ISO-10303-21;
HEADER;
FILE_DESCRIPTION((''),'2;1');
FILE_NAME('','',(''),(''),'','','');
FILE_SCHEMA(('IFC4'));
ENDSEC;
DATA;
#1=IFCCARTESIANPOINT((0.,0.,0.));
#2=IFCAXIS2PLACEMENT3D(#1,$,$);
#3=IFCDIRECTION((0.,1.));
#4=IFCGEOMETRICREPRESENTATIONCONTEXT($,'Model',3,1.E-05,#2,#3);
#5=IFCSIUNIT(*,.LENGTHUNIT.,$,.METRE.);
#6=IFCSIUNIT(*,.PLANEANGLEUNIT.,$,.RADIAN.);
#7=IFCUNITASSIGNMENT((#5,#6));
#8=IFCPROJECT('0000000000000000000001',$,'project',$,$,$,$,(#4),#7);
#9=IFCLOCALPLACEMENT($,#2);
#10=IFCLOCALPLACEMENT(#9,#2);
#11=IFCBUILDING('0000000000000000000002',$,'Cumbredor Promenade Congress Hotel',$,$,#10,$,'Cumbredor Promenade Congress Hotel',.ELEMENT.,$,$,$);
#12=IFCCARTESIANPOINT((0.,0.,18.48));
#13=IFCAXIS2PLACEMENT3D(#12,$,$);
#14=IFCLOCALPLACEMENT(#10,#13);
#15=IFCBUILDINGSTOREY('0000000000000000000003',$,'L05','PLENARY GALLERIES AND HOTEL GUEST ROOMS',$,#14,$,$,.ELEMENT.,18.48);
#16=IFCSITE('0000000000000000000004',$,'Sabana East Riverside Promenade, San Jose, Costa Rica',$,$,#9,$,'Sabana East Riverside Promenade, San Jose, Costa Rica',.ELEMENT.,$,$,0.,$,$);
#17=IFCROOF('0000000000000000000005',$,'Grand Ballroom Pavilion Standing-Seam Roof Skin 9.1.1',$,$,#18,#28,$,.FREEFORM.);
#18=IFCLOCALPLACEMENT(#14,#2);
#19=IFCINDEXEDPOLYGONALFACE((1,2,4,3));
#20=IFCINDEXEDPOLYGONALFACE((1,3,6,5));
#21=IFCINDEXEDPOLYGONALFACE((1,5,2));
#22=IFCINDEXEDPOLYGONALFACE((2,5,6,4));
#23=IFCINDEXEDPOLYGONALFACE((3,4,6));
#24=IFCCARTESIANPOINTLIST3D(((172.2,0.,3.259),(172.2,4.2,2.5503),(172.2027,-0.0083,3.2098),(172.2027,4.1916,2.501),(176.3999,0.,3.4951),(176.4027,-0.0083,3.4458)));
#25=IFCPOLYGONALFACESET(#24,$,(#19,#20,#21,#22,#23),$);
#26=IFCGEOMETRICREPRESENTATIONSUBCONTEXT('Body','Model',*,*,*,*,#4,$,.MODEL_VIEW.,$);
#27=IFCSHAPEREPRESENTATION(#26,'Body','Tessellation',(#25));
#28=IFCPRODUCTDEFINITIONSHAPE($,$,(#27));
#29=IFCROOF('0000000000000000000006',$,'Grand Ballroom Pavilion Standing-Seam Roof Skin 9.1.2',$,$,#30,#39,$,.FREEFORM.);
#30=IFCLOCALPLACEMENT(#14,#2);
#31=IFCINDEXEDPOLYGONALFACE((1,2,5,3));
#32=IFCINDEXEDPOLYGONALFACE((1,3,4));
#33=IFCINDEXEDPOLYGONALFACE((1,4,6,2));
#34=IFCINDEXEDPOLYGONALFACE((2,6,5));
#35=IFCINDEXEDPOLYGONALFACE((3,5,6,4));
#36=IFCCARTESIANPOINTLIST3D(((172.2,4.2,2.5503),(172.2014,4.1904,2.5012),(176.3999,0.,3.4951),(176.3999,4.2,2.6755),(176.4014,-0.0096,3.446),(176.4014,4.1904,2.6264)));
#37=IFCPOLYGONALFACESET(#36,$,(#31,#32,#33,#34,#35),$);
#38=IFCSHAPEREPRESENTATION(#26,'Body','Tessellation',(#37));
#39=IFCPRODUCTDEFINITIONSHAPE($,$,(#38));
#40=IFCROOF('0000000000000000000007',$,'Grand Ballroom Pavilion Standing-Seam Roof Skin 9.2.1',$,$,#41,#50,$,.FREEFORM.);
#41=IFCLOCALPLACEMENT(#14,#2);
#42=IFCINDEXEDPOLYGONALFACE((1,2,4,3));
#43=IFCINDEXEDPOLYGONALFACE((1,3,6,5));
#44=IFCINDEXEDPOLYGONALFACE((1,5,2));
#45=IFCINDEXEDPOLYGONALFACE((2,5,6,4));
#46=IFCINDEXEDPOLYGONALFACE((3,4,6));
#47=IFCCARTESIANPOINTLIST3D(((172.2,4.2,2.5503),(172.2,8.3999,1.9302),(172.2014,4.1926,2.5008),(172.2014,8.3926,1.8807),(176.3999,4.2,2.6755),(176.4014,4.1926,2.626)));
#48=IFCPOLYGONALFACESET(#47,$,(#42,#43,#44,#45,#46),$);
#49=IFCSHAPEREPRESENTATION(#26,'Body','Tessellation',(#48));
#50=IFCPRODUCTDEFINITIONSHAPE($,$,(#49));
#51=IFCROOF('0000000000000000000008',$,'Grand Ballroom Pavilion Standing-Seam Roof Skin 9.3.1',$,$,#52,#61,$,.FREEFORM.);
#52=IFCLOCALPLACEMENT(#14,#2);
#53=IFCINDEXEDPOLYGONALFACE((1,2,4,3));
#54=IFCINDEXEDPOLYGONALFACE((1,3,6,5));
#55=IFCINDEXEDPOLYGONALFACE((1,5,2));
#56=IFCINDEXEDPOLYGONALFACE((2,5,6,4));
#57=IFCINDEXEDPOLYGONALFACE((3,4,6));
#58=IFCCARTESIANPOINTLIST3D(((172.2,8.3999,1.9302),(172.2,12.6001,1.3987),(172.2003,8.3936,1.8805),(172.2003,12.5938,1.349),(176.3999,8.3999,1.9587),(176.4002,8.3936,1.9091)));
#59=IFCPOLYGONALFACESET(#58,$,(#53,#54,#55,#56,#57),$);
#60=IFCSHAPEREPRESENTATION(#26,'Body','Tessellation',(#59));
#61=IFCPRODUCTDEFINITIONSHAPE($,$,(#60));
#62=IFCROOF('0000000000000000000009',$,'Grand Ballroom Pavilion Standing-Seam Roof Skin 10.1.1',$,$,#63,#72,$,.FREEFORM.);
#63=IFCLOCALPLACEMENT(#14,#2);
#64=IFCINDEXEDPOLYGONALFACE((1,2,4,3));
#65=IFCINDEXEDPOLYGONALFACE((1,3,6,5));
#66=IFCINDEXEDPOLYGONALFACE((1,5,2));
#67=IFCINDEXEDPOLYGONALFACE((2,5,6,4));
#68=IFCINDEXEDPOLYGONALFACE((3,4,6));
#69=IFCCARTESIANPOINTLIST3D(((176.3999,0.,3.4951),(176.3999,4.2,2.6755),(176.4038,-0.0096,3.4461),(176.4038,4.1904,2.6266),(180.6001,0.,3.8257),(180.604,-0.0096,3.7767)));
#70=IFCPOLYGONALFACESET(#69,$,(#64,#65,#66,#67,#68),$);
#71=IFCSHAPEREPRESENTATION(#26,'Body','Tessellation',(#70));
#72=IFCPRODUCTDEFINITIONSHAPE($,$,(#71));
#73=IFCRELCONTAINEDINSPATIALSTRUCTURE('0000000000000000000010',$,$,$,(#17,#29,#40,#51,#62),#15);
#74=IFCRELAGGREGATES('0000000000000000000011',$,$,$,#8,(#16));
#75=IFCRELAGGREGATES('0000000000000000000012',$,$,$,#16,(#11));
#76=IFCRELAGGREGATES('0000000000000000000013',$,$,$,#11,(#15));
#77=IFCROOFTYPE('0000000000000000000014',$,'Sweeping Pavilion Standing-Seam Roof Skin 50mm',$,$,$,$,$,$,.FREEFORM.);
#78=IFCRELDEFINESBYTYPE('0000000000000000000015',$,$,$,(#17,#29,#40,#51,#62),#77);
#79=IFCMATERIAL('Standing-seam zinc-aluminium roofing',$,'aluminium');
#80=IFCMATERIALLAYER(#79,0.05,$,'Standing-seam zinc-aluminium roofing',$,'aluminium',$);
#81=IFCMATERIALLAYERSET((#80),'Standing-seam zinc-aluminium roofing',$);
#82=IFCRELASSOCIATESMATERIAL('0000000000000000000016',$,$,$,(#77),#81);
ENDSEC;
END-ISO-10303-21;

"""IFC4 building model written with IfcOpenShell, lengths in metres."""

from ifc_helpers import new_model, si_unit, direction, frame, origin, place, context, subcontext, project, spatial, polyline, outline, extrude, material, layer, layer_set, type_object, element, save


model = new_model("IFC4")

# Units and contexts
model_context = context("Model", 3, precision=1e-05, world=origin(), true_north=direction((0.0, 1.0)))
body_context = subcontext(model_context, "Body", "Model", "MODEL_VIEW")
ifc_project = project(units=[si_unit("LENGTHUNIT", "METRE"), si_unit("PLANEANGLEUNIT", "RADIAN")], contexts=[model_context])

# Site, building, storey
site_placement = place(None, origin())
site = spatial("IfcSite", under=ifc_project, at=site_placement, Name="Sabana East Riverside Promenade, San Jose, Costa Rica", LongName="Sabana East Riverside Promenade, San Jose, Costa Rica", CompositionType="ELEMENT", RefElevation=0.0)
building_placement = place(site_placement, origin())
building = spatial("IfcBuilding", under=site, at=building_placement, Name="Cumbredor Promenade Congress Hotel", LongName="Cumbredor Promenade Congress Hotel", CompositionType="ELEMENT")
storey_placement = place(building_placement, frame((0.0, 0.0, 18.48)))
storey = spatial("IfcBuildingStorey", under=building, at=storey_placement, Name="L05", Description="PLENARY GALLERIES AND HOTEL GUEST ROOMS", CompositionType="ELEMENT", Elevation=18.48)

# Roofs
ifc_material_1 = material(Name="Standing-seam zinc-aluminium roofing", Category="aluminium")
ifc_layer_1 = layer(ifc_material_1, 0.05, Name="Standing-seam zinc-aluminium roofing", Category="aluminium")
ifc_layer_set_1 = layer_set([ifc_layer_1], Name="Standing-seam zinc-aluminium roofing")
roof_type = type_object("IfcRoofType", Name="Sweeping Pavilion Standing-Seam Roof Skin 50mm", PredefinedType="FREEFORM", material=ifc_layer_set_1)
roof_1_placement = place(storey_placement, frame((172.2, 0.0, 3.259), z_axis=(-0.055343, 0.166142, 0.984548), x_axis=(0.998424, 0.0, 0.056123)))
element("IfcRoof", 1, at=roof_1_placement, inside=storey, type_object=roof_type, Name="Grand Ballroom Pavilion Standing-Seam Roof Skin 9.1.1", PredefinedType="FREEFORM", context=body_context, shape_type="SweptSolid", body=[
    extrude(outline(polyline([(0.0, 0.0), (4.2066, 0.0), (-0.0398, 4.2591), (0.0, 0.0)])), origin(), (0.0, 0.0, -1.0), 0.05),
])
roof_2_placement = place(storey_placement, frame((176.3999, 0.0, 3.4951), z_axis=(-0.029256, 0.191446, 0.981067), x_axis=(0.0, 0.981487, -0.191528)))
element("IfcRoof", 2, at=roof_2_placement, inside=storey, type_object=roof_type, Name="Grand Ballroom Pavilion Standing-Seam Roof Skin 9.1.2", PredefinedType="FREEFORM", context=body_context, shape_type="SweptSolid", body=[
    extrude(outline(polyline([(0.0, 0.0), (4.2792, 0.0), (4.3032, 4.2017), (0.0, 0.0)])), origin(), (0.0, 0.0, -1.0), 0.05),
])
roof_3_placement = place(storey_placement, frame((172.2, 4.2, 2.5503), z_axis=(-0.029488, 0.146002, 0.988845), x_axis=(0.999556, 0.0, 0.029807)))
element("IfcRoof", 3, at=roof_3_placement, inside=storey, type_object=roof_type, Name="Grand Ballroom Pavilion Standing-Seam Roof Skin 9.2.1", PredefinedType="FREEFORM", context=body_context, shape_type="SweptSolid", body=[
    extrude(outline(polyline([(0.0, 0.0), (4.2018, 0.0), (-0.0185, 4.2454), (0.0, 0.0)])), origin(), (0.0, 0.0, -1.0), 0.05),
])
roof_4_placement = place(storey_placement, frame((172.2, 8.3999, 1.9302), z_axis=(-0.006747, 0.125536, 0.992066), x_axis=(0.999977, 0.0, 0.006801)))
element("IfcRoof", 4, at=roof_4_placement, inside=storey, type_object=roof_type, Name="Grand Ballroom Pavilion Standing-Seam Roof Skin 9.3.1", PredefinedType="FREEFORM", context=body_context, shape_type="SweptSolid", body=[
    extrude(outline(polyline([(0.0, 0.0), (4.2, 0.0), (-0.0036, 4.2337), (0.0, 0.0)])), origin(), (0.0, 0.0, -1.0), 0.05),
])
roof_5_placement = place(storey_placement, frame((176.3999, 0.0, 3.4951), z_axis=(-0.077016, 0.190959, 0.978572), x_axis=(0.996917, 0.0, 0.07846)))
element("IfcRoof", 5, at=roof_5_placement, inside=storey, type_object=roof_type, Name="Grand Ballroom Pavilion Standing-Seam Roof Skin 10.1.1", PredefinedType="FREEFORM", context=body_context, shape_type="SweptSolid", body=[
    extrude(outline(polyline([(0.0, 0.0), (4.2132, 0.0), (-0.0643, 4.2787), (0.0, 0.0)])), origin(), (0.0, 0.0, -1.0), 0.05),
])

save(model, "model.ifc")
